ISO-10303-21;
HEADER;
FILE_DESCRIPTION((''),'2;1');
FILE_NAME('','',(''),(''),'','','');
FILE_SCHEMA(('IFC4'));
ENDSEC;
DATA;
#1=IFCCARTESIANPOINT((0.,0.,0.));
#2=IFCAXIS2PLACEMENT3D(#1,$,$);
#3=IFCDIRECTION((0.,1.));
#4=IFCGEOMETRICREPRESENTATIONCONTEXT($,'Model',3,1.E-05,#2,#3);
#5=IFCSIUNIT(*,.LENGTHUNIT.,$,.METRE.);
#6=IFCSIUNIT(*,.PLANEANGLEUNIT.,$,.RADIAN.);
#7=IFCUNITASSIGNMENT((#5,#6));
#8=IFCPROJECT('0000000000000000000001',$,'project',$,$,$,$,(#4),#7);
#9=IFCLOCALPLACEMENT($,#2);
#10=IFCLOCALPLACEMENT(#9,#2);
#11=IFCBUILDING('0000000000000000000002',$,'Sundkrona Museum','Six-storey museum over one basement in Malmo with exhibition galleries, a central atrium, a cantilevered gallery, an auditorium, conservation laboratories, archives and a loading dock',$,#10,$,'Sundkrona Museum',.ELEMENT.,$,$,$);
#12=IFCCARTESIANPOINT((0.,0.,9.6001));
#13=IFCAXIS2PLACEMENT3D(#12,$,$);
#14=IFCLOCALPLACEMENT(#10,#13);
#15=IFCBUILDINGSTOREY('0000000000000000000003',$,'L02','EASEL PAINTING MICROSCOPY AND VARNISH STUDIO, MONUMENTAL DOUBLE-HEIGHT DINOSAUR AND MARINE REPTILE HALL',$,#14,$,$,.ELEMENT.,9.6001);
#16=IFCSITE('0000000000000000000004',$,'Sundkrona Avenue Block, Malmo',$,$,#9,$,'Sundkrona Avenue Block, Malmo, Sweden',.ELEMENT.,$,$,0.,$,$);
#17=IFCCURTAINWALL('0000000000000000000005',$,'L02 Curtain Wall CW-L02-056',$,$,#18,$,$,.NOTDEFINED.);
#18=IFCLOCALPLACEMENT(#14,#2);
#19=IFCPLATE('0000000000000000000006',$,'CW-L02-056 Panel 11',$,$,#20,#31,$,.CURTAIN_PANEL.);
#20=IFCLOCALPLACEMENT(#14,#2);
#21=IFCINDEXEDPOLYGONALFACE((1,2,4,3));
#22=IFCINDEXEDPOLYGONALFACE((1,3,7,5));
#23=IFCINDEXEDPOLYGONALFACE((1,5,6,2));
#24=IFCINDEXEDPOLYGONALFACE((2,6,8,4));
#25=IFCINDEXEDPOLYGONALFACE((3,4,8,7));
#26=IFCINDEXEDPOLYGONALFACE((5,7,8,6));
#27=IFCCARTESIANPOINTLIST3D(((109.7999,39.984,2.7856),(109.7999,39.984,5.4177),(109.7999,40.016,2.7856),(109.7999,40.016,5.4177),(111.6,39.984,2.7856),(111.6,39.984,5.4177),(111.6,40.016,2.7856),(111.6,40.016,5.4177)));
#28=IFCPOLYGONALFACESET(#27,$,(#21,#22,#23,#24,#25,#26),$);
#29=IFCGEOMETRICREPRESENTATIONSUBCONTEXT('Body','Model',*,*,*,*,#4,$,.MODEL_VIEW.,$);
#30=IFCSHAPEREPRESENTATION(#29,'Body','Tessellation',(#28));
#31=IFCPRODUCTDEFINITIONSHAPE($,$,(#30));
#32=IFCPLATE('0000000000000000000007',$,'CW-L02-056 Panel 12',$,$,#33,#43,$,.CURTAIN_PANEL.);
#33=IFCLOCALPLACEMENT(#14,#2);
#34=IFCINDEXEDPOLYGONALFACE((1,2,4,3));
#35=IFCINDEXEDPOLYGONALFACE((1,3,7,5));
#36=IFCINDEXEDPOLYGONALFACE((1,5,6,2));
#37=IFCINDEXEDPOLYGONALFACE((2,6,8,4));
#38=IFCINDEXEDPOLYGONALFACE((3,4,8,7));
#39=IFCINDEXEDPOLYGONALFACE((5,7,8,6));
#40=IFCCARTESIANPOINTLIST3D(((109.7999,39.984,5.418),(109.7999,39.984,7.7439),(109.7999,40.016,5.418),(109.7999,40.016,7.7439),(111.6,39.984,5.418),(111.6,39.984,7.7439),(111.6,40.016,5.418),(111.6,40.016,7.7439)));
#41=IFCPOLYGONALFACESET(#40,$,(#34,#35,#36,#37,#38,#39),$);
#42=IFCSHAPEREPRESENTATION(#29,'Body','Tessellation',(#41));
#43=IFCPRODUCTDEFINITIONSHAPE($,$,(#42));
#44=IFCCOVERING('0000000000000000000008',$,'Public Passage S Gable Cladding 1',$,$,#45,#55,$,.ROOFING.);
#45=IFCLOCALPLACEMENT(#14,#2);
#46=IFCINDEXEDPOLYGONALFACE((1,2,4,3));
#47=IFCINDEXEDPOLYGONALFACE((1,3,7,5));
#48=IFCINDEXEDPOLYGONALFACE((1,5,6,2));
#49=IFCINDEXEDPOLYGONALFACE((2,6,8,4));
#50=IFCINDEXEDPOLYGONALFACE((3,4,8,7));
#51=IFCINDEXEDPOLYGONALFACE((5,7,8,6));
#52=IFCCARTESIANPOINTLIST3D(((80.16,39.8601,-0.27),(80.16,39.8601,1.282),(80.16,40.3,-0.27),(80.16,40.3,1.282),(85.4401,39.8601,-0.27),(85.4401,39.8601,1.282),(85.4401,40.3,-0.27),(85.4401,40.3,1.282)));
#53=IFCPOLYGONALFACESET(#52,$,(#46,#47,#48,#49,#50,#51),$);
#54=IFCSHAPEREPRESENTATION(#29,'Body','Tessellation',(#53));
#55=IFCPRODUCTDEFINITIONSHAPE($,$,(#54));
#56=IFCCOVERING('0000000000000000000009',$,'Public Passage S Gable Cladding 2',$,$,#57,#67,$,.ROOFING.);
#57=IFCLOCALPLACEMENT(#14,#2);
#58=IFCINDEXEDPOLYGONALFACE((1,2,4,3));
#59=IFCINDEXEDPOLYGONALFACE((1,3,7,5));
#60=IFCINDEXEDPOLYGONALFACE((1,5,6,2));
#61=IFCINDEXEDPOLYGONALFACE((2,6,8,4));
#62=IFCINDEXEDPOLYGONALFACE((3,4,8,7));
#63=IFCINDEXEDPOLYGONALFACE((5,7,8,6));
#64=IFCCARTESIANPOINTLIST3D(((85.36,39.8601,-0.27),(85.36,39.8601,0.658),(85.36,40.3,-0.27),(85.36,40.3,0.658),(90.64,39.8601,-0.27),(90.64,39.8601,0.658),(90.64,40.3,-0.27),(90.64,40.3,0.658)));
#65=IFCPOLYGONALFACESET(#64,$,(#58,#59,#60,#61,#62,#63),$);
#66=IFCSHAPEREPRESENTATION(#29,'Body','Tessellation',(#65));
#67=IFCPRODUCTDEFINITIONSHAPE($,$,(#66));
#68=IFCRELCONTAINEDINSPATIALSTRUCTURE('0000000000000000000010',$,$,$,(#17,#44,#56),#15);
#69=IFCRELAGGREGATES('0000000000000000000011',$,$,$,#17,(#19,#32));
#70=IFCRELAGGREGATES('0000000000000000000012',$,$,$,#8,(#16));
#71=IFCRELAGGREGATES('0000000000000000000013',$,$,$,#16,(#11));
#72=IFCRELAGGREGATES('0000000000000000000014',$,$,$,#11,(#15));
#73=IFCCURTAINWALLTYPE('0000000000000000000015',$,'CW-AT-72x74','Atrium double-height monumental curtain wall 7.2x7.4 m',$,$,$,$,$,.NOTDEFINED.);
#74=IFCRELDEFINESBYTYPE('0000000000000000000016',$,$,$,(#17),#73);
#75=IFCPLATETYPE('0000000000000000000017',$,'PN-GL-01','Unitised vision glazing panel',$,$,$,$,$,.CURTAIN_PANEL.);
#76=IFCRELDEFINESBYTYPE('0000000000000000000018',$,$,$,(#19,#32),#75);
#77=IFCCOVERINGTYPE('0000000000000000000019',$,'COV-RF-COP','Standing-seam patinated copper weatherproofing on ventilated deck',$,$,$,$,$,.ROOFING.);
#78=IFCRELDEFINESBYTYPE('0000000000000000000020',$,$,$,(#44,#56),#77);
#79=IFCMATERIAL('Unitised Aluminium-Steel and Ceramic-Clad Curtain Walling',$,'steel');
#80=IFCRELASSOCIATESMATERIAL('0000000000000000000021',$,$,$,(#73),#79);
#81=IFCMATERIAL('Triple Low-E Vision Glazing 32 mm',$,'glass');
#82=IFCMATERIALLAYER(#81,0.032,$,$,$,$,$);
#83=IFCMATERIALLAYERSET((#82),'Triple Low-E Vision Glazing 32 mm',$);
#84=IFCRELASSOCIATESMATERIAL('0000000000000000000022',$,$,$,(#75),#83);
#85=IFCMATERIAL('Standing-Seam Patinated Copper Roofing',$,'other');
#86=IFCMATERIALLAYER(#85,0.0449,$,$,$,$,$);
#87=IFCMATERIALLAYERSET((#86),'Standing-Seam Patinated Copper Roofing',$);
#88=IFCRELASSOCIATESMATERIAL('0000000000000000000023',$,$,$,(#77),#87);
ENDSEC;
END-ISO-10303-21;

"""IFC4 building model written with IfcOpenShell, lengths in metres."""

from ifc_helpers import new_model, si_unit, direction, frame, origin, origin_2d, place, context, subcontext, project, spatial, rectangle, extrude, material, layer, layer_set, type_object, element, aggregate, save


model = new_model("IFC4")

# Units and contexts
model_context = context("Model", 3, precision=1e-05, world=origin(), true_north=direction((0.0, 1.0)))
body_context = subcontext(model_context, "Body", "Model", "MODEL_VIEW")
ifc_project = project(units=[si_unit("LENGTHUNIT", "METRE"), si_unit("PLANEANGLEUNIT", "RADIAN")], contexts=[model_context])

# Site, building, storey
site_placement = place(None, origin())
site = spatial("IfcSite", under=ifc_project, at=site_placement, Name="Sundkrona Avenue Block, Malmo", LongName="Sundkrona Avenue Block, Malmo, Sweden", CompositionType="ELEMENT", RefElevation=0.0)
building_placement = place(site_placement, origin())
building = spatial("IfcBuilding", under=site, at=building_placement, Name="Sundkrona Museum", Description="Six-storey museum over one basement in Malmo with exhibition galleries, a central atrium, a cantilevered gallery, an auditorium, conservation laboratories, archives and a loading dock", LongName="Sundkrona Museum", CompositionType="ELEMENT")
storey_placement = place(building_placement, frame((0.0, 0.0, 9.6001)))
storey = spatial("IfcBuildingStorey", under=building, at=storey_placement, Name="L02", Description="EASEL PAINTING MICROSCOPY AND VARNISH STUDIO, MONUMENTAL DOUBLE-HEIGHT DINOSAUR AND MARINE REPTILE HALL", CompositionType="ELEMENT", Elevation=9.6001)

# Curtain wall
ifc_material_1 = material(Name="Unitised Aluminium-Steel and Ceramic-Clad Curtain Walling", Category="steel")
curtain_wall_type = type_object("IfcCurtainWallType", Name="CW-AT-72x74", Description="Atrium double-height monumental curtain wall 7.2x7.4 m", PredefinedType="NOTDEFINED", material=ifc_material_1)
curtain_wall_1_placement = place(storey_placement, origin())
curtain_wall_1 = element("IfcCurtainWall", 1, at=curtain_wall_1_placement, inside=storey, type_object=curtain_wall_type, Name="L02 Curtain Wall CW-L02-056", PredefinedType="NOTDEFINED")

# Plates
ifc_material_2 = material(Name="Triple Low-E Vision Glazing 32 mm", Category="glass")
ifc_layer_1 = layer(ifc_material_2, 0.032)
ifc_layer_set_1 = layer_set([ifc_layer_1], Name="Triple Low-E Vision Glazing 32 mm")
plate_type = type_object("IfcPlateType", Name="PN-GL-01", Description="Unitised vision glazing panel", PredefinedType="CURTAIN_PANEL", material=ifc_layer_set_1)
plate_1_placement = place(storey_placement, frame((110.7, 40.0, 2.7856), z_axis=(0.0, 0.0, 1.0), x_axis=(1.0, 0.0, 0.0)))
plate_1 = element("IfcPlate", 2, at=plate_1_placement, type_object=plate_type, Name="CW-L02-056 Panel 11", PredefinedType="CURTAIN_PANEL", context=body_context, shape_type="SweptSolid", body=[
    extrude(rectangle(XDim=1.8, YDim=0.032, at=origin_2d()), origin(), (0.0, 0.0, 1.0), 2.6321),
])
plate_2_placement = place(storey_placement, frame((110.7, 40.0, 5.418), z_axis=(0.0, 0.0, 1.0), x_axis=(1.0, 0.0, 0.0)))
plate_2 = element("IfcPlate", 3, at=plate_2_placement, type_object=plate_type, Name="CW-L02-056 Panel 12", PredefinedType="CURTAIN_PANEL", context=body_context, shape_type="SweptSolid", body=[
    extrude(rectangle(XDim=1.8, YDim=0.032, at=origin_2d()), origin(), (0.0, 0.0, 1.0), 2.3259),
])
aggregate(curtain_wall_1, [plate_1, plate_2])

# Coverings
ifc_material_3 = material(Name="Standing-Seam Patinated Copper Roofing", Category="other")
ifc_layer_2 = layer(ifc_material_3, 0.0449)
ifc_layer_set_2 = layer_set([ifc_layer_2], Name="Standing-Seam Patinated Copper Roofing")
covering_type = type_object("IfcCoveringType", Name="COV-RF-COP", Description="Standing-seam patinated copper weatherproofing on ventilated deck", PredefinedType="ROOFING", material=ifc_layer_set_2)
covering_1_placement = place(storey_placement, frame((82.8, 40.0801, -0.27), z_axis=(0.0, 0.0, 1.0), x_axis=(1.0, 0.0, 0.0)))
element("IfcCovering", 4, at=covering_1_placement, inside=storey, type_object=covering_type, Name="Public Passage S Gable Cladding 1", PredefinedType="ROOFING", context=body_context, shape_type="SweptSolid", body=[
    extrude(rectangle(XDim=5.28, YDim=0.4399, at=origin_2d()), origin(), (0.0, 0.0, 1.0), 1.552),
])
covering_2_placement = place(storey_placement, frame((88.0, 40.0801, -0.27), z_axis=(0.0, 0.0, 1.0), x_axis=(1.0, 0.0, 0.0)))
element("IfcCovering", 5, at=covering_2_placement, inside=storey, type_object=covering_type, Name="Public Passage S Gable Cladding 2", PredefinedType="ROOFING", context=body_context, shape_type="SweptSolid", body=[
    extrude(rectangle(XDim=5.28, YDim=0.4399, at=origin_2d()), origin(), (0.0, 0.0, 1.0), 0.928),
])

save(model, "model.ifc")
